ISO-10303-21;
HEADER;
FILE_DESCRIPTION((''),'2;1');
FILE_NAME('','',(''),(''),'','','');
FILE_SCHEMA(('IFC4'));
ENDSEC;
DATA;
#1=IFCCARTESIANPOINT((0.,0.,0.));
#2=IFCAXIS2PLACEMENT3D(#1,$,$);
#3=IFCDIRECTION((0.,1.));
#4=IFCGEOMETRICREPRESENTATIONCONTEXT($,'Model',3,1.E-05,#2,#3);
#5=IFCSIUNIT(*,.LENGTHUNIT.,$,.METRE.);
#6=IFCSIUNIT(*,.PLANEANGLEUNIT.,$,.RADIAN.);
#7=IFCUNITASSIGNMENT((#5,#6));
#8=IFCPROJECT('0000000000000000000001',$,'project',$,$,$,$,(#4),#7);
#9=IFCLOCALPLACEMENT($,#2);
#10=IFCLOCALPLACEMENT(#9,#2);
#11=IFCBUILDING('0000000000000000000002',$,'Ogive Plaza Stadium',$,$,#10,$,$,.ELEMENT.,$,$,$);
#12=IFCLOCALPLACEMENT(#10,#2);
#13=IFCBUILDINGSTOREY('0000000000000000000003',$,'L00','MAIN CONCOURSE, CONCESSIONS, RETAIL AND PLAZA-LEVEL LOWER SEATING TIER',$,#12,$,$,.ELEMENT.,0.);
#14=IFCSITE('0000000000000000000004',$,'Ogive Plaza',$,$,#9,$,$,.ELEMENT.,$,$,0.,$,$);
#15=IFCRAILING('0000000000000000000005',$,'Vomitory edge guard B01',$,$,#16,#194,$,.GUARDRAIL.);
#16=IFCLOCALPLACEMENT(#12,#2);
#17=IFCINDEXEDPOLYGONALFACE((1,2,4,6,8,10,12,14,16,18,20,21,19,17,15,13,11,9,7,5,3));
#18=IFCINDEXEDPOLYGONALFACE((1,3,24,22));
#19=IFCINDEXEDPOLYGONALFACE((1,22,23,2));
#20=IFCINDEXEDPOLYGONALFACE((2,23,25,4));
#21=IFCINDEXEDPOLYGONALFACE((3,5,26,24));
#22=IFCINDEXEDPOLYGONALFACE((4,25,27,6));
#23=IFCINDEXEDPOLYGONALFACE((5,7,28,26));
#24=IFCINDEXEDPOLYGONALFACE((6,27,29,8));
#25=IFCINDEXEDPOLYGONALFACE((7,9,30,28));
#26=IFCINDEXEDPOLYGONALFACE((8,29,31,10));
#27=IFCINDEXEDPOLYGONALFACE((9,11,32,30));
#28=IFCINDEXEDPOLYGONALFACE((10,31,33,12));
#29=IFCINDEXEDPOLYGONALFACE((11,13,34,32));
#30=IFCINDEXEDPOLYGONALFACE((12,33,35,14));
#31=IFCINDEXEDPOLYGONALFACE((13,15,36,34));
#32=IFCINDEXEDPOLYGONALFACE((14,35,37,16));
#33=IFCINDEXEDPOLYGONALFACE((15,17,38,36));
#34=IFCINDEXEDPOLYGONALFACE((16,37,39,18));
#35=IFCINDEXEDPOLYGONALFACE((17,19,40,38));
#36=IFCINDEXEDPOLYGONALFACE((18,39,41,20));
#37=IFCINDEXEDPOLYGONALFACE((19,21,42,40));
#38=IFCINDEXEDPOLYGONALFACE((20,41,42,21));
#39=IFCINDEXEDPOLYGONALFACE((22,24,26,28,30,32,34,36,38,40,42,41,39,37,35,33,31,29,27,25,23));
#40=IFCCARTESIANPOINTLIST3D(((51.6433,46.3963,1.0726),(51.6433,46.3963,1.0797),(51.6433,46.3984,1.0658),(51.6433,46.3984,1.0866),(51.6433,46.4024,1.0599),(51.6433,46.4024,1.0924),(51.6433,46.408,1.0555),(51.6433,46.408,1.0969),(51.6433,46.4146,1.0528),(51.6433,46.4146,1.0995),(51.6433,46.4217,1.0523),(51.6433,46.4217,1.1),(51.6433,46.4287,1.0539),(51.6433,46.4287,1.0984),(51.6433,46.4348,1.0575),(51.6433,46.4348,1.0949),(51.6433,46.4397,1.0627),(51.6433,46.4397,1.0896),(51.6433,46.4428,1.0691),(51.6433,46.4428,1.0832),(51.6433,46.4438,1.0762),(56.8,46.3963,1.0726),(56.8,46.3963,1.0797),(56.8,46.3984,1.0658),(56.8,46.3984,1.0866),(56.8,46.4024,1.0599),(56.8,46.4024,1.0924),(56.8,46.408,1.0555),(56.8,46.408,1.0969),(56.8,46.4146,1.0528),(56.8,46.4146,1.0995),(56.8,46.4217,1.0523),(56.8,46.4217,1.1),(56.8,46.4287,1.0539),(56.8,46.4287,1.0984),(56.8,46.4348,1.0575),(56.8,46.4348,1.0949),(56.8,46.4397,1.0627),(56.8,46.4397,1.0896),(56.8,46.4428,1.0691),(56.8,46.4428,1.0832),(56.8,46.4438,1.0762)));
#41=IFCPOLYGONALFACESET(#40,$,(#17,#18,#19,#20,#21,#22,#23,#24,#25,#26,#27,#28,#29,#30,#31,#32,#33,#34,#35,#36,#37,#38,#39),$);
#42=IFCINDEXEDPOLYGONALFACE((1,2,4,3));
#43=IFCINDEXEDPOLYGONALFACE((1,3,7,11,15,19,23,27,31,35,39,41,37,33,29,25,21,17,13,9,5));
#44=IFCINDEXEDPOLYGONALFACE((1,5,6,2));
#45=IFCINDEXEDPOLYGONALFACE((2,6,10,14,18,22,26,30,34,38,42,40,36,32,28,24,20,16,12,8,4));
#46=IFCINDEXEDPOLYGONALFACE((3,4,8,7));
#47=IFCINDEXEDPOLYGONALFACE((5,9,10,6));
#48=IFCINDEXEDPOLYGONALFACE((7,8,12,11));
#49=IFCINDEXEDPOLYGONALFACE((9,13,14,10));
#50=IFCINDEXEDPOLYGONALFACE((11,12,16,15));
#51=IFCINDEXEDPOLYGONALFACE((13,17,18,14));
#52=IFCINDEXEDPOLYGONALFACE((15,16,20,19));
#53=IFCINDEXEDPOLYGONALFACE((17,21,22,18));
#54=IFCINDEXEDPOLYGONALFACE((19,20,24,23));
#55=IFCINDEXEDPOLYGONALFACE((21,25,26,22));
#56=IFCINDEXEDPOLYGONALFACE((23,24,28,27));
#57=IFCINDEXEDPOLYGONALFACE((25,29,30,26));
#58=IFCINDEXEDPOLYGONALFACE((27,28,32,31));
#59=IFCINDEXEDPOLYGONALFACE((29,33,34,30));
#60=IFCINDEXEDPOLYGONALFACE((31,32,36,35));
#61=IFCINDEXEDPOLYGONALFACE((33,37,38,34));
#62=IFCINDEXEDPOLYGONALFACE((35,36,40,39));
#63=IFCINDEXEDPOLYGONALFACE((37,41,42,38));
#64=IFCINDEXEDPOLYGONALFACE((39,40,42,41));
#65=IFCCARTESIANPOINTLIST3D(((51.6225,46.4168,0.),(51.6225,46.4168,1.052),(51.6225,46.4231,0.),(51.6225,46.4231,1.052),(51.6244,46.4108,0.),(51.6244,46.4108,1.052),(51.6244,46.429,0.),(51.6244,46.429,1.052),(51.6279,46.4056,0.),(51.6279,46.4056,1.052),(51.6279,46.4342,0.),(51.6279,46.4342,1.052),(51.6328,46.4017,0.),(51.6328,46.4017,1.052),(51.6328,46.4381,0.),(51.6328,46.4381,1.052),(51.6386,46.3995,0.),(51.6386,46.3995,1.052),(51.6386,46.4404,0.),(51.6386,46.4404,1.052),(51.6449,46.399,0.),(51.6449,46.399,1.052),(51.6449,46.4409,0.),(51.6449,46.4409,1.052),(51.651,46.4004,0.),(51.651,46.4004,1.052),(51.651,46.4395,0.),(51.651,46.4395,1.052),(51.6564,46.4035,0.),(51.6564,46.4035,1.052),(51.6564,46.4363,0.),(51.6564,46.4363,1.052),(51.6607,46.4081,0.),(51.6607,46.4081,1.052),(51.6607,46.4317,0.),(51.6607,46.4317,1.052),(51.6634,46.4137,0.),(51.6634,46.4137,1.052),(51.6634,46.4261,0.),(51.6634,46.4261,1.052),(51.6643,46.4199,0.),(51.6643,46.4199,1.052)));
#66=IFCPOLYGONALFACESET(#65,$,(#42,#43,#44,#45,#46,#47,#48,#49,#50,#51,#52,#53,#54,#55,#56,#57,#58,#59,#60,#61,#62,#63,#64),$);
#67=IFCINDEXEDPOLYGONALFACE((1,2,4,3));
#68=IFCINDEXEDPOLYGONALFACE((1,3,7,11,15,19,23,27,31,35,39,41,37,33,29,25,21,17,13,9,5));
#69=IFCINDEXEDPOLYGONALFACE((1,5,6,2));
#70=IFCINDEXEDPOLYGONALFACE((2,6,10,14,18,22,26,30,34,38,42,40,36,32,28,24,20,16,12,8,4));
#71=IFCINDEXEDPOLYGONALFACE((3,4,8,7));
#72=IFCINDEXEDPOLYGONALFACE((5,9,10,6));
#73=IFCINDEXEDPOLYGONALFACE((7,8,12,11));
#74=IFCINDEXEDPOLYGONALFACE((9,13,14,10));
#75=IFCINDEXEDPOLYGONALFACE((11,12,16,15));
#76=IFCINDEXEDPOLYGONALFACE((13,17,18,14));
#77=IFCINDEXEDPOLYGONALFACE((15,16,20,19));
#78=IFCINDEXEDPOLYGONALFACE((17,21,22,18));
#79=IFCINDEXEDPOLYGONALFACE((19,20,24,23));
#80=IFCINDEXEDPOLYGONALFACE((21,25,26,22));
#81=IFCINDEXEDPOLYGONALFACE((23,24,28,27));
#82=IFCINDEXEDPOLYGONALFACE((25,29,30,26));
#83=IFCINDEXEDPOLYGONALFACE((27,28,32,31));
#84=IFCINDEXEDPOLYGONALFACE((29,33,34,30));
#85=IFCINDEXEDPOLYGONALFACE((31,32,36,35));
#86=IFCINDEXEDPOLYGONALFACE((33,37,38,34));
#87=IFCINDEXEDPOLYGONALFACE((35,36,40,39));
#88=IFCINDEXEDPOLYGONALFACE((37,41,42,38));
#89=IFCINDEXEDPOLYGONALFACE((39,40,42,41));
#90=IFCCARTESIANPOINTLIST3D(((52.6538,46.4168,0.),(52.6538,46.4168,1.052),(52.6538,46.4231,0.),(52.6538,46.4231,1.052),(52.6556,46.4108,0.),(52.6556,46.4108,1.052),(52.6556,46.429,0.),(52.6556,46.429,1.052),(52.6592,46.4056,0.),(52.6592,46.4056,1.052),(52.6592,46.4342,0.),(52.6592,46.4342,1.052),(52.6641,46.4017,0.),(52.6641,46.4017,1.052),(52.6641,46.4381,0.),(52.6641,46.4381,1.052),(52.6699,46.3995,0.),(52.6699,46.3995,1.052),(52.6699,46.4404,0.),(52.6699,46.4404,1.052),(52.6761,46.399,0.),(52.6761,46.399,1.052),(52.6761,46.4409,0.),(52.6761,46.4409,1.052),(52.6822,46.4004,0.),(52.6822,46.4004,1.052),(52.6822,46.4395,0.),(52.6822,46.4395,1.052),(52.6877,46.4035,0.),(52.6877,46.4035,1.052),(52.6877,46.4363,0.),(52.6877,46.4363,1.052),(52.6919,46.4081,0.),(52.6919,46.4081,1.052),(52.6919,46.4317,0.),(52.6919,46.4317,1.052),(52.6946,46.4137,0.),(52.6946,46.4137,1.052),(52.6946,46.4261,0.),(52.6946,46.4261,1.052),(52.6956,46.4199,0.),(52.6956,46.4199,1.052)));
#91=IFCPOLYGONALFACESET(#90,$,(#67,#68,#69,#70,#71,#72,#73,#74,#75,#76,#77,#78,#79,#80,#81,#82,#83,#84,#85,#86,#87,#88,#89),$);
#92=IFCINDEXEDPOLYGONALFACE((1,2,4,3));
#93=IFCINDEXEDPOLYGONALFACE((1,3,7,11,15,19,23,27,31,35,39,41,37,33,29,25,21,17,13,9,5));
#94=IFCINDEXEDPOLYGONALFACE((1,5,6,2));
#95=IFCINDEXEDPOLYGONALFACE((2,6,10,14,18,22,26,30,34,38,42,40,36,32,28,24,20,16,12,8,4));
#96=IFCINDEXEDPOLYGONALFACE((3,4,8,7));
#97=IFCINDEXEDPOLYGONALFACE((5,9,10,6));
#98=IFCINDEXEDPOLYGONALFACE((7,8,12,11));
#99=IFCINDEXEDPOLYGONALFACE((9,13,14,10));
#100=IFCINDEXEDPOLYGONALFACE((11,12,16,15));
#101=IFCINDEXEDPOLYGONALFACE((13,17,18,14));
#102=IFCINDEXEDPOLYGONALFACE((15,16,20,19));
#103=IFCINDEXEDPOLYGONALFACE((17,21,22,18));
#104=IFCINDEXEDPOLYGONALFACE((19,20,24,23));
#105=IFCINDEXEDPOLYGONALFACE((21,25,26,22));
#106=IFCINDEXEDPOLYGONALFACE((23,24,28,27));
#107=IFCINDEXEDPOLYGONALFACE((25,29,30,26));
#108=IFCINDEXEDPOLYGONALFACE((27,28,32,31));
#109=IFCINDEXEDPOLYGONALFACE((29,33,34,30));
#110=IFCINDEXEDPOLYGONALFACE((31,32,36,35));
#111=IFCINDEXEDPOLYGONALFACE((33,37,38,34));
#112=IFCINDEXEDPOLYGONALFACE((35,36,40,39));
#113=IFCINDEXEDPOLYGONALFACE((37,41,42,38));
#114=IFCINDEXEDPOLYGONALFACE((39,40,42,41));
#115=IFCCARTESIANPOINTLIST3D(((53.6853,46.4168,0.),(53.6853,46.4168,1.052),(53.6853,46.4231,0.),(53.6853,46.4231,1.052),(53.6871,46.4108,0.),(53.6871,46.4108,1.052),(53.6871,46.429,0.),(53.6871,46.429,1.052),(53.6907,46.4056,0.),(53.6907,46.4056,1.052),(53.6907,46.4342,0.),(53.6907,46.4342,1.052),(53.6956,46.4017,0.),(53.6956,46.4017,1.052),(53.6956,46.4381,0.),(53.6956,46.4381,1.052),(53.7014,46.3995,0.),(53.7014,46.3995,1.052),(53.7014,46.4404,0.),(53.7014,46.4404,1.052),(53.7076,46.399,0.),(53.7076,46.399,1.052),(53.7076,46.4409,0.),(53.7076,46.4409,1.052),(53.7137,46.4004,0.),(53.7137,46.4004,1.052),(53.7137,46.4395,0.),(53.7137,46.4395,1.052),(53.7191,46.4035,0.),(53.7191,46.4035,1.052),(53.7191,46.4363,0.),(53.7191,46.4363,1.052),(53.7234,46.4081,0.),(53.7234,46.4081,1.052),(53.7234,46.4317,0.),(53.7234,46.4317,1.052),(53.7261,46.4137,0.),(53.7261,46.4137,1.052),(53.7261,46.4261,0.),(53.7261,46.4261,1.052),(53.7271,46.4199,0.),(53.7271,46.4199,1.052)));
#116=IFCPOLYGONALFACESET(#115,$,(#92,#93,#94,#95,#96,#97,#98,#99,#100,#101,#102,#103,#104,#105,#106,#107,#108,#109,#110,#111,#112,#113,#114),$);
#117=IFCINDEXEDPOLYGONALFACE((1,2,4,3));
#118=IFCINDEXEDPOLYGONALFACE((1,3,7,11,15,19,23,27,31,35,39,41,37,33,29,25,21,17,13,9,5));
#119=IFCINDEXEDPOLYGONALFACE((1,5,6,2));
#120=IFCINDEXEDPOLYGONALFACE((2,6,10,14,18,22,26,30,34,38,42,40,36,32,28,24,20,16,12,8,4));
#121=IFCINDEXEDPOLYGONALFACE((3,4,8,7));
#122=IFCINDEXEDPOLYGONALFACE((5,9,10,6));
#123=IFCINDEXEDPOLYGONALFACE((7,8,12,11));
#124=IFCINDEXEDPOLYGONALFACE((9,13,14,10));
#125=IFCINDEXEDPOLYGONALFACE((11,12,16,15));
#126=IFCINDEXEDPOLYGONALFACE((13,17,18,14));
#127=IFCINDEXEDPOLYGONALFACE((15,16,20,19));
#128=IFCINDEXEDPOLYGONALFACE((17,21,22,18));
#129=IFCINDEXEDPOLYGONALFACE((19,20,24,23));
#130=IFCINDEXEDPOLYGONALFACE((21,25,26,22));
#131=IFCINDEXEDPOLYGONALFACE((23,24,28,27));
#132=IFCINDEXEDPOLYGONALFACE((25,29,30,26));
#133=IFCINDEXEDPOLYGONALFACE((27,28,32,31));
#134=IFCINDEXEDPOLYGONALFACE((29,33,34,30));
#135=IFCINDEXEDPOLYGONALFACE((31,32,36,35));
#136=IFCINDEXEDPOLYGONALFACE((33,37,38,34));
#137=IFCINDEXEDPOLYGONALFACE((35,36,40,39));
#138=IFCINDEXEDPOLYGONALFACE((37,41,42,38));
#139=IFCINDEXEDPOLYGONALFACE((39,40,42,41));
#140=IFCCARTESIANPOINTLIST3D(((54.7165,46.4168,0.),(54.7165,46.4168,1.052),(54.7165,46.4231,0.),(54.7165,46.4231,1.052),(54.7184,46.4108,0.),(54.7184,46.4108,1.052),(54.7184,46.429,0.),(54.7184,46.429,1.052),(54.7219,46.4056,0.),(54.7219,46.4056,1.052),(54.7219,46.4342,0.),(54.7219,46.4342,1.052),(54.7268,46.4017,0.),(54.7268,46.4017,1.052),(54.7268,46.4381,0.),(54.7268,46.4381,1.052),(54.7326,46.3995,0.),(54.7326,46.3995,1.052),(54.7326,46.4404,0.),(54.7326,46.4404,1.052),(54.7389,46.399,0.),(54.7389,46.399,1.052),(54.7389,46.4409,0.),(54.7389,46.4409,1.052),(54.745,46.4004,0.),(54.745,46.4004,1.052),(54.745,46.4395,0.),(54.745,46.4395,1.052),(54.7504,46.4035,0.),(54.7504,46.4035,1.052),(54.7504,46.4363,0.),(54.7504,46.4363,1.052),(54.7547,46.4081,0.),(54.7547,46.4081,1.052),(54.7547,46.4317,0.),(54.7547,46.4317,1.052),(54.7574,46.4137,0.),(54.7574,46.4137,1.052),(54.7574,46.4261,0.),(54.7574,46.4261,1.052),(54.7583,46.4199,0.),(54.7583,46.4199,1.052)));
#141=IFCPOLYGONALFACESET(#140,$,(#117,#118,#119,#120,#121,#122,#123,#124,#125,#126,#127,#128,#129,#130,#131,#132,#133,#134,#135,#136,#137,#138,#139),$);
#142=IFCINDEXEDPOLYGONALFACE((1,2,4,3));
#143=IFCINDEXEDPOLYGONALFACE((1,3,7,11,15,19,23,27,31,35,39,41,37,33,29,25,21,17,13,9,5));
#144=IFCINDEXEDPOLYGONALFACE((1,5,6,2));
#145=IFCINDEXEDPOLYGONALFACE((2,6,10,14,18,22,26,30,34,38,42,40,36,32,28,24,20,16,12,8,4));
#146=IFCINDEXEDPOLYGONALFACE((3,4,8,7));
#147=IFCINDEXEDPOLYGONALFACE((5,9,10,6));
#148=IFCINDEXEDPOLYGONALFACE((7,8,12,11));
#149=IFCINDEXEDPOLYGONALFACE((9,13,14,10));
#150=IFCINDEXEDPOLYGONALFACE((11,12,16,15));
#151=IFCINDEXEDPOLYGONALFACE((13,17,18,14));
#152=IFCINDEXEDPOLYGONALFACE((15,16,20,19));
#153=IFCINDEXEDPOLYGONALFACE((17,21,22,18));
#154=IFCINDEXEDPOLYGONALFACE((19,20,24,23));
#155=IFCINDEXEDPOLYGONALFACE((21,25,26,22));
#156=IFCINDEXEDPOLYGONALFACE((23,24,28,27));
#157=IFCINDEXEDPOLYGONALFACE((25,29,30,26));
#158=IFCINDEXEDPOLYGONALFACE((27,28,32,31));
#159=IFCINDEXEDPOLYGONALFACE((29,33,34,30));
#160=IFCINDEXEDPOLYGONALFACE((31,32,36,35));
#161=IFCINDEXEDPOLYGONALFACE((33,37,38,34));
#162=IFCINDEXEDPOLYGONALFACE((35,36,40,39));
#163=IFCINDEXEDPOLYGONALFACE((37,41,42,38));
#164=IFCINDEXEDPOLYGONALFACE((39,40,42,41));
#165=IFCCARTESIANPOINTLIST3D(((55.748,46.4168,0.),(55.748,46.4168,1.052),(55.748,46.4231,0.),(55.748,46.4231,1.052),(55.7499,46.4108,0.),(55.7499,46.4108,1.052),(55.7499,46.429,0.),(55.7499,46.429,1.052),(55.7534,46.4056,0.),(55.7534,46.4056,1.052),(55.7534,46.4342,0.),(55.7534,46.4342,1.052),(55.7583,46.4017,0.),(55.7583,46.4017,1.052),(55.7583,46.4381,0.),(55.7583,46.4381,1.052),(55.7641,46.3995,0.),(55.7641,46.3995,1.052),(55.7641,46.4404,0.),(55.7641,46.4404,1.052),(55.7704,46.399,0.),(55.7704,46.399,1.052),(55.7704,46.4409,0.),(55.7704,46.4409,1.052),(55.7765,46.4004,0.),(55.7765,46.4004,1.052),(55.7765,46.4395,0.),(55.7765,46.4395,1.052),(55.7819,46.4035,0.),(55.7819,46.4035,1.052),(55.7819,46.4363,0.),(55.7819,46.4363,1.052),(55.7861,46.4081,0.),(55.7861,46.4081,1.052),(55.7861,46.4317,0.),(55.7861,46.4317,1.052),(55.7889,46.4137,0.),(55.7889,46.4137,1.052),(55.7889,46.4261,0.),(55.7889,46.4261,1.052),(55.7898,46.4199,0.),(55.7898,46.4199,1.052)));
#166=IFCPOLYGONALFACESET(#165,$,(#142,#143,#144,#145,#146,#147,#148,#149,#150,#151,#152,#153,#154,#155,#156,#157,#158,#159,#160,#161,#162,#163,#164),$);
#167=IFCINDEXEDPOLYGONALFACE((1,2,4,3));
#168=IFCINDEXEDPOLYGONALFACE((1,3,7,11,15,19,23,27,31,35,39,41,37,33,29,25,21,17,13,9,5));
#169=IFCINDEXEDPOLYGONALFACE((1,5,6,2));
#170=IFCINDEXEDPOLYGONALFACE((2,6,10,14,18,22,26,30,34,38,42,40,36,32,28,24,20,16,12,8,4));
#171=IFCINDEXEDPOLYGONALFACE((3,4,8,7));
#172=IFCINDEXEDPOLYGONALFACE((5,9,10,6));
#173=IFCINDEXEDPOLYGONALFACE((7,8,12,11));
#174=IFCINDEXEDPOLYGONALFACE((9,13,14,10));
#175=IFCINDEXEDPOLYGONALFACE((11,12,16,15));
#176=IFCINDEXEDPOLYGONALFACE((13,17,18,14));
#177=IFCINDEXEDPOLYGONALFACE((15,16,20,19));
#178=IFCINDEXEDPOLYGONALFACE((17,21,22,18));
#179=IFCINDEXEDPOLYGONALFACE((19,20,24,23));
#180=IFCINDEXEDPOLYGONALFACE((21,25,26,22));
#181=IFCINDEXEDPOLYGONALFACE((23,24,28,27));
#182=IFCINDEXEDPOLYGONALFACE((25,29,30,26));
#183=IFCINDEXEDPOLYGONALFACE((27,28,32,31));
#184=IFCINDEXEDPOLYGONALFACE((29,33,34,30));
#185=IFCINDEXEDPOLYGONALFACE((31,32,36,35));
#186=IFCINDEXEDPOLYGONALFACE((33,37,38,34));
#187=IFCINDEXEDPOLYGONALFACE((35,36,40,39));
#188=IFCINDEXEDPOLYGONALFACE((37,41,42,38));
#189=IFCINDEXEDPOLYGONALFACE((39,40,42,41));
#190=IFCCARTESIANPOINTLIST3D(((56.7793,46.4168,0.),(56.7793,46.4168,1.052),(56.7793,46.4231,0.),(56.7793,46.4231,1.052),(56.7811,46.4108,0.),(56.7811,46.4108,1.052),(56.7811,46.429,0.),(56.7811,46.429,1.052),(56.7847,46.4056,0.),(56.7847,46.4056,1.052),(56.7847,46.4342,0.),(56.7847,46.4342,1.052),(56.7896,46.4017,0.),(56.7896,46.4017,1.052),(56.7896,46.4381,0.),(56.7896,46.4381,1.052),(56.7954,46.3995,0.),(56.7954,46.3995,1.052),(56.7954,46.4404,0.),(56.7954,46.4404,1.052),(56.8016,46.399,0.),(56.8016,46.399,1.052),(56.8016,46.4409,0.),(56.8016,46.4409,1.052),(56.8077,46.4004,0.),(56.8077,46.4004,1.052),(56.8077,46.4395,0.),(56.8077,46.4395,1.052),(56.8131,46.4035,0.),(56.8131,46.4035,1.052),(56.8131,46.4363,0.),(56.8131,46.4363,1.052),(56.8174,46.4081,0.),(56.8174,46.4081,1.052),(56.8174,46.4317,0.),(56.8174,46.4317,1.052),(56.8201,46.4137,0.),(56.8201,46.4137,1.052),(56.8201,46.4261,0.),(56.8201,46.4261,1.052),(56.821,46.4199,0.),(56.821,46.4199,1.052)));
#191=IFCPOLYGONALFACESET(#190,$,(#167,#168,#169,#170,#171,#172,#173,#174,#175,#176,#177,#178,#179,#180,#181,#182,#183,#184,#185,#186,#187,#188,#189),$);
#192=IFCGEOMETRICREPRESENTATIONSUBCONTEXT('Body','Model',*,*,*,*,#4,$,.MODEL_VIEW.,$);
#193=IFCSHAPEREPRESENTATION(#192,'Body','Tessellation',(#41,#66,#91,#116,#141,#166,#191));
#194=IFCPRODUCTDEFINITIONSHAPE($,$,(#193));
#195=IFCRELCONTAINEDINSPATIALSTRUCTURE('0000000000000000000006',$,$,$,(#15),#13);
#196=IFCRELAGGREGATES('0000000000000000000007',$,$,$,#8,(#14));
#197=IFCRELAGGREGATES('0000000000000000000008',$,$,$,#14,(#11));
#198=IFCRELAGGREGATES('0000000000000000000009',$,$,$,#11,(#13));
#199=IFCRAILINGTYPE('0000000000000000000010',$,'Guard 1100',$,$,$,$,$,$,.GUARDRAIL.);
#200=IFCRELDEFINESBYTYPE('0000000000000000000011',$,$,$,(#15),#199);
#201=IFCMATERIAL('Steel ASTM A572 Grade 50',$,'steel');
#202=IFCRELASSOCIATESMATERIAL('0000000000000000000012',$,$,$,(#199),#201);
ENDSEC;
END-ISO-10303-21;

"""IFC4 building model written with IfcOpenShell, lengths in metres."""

from ifc_helpers import new_model, si_unit, direction, frame, origin, origin_2d, place, context, subcontext, project, spatial, circle, extrude, material, type_object, element, save


model = new_model("IFC4")

# Units and contexts
model_context = context("Model", 3, precision=1e-05, world=origin(), true_north=direction((0.0, 1.0)))
body_context = subcontext(model_context, "Body", "Model", "MODEL_VIEW")
ifc_project = project(units=[si_unit("LENGTHUNIT", "METRE"), si_unit("PLANEANGLEUNIT", "RADIAN")], contexts=[model_context])

# Site, building, storey
site_placement = place(None, origin())
site = spatial("IfcSite", under=ifc_project, at=site_placement, Name="Ogive Plaza", CompositionType="ELEMENT", RefElevation=0.0)
building_placement = place(site_placement, origin())
building = spatial("IfcBuilding", under=site, at=building_placement, Name="Ogive Plaza Stadium", CompositionType="ELEMENT")
storey_placement = place(building_placement, origin())
storey = spatial("IfcBuildingStorey", under=building, at=storey_placement, Name="L00", Description="MAIN CONCOURSE, CONCESSIONS, RETAIL AND PLAZA-LEVEL LOWER SEATING TIER", CompositionType="ELEMENT", Elevation=0.0)

# Railing
ifc_material_1 = material(Name="Steel ASTM A572 Grade 50", Category="steel")
railing_type = type_object("IfcRailingType", Name="Guard 1100", PredefinedType="GUARDRAIL", material=ifc_material_1)
for number, where, name in (
    (1, (51.6433, 46.4199, 0.0), "Vomitory edge guard B01"),
):
    element("IfcRailing", number, at=place(storey_placement, frame(where)), inside=storey, type_object=railing_type, Name=name, PredefinedType="GUARDRAIL", context=body_context, shape_type="SweptSolid", body=[
        extrude(circle(Radius=0.0239, at=origin_2d()), frame((0.0, 0.0, 1.0762), z_axis=(1.0, 0.0, 0.0), x_axis=(0.0, 1.0, 0.0)), (0.0, 0.0, 1.0), 5.1567),
        extrude(circle(Radius=0.021, at=origin_2d()), origin(), (0.0, 0.0, 1.0), 1.052),
        extrude(circle(Radius=0.021, at=origin_2d()), frame((1.0312, 0.0, 0.0)), (0.0, 0.0, 1.0), 1.052),
        extrude(circle(Radius=0.021, at=origin_2d()), frame((2.0627, 0.0, 0.0)), (0.0, 0.0, 1.0), 1.052),
        extrude(circle(Radius=0.021, at=origin_2d()), frame((3.094, 0.0, 0.0)), (0.0, 0.0, 1.0), 1.052),
        extrude(circle(Radius=0.021, at=origin_2d()), frame((4.1255, 0.0, 0.0)), (0.0, 0.0, 1.0), 1.052),
        extrude(circle(Radius=0.021, at=origin_2d()), frame((5.1567, 0.0, 0.0)), (0.0, 0.0, 1.0), 1.052),
    ])

save(model, "model.ifc")
